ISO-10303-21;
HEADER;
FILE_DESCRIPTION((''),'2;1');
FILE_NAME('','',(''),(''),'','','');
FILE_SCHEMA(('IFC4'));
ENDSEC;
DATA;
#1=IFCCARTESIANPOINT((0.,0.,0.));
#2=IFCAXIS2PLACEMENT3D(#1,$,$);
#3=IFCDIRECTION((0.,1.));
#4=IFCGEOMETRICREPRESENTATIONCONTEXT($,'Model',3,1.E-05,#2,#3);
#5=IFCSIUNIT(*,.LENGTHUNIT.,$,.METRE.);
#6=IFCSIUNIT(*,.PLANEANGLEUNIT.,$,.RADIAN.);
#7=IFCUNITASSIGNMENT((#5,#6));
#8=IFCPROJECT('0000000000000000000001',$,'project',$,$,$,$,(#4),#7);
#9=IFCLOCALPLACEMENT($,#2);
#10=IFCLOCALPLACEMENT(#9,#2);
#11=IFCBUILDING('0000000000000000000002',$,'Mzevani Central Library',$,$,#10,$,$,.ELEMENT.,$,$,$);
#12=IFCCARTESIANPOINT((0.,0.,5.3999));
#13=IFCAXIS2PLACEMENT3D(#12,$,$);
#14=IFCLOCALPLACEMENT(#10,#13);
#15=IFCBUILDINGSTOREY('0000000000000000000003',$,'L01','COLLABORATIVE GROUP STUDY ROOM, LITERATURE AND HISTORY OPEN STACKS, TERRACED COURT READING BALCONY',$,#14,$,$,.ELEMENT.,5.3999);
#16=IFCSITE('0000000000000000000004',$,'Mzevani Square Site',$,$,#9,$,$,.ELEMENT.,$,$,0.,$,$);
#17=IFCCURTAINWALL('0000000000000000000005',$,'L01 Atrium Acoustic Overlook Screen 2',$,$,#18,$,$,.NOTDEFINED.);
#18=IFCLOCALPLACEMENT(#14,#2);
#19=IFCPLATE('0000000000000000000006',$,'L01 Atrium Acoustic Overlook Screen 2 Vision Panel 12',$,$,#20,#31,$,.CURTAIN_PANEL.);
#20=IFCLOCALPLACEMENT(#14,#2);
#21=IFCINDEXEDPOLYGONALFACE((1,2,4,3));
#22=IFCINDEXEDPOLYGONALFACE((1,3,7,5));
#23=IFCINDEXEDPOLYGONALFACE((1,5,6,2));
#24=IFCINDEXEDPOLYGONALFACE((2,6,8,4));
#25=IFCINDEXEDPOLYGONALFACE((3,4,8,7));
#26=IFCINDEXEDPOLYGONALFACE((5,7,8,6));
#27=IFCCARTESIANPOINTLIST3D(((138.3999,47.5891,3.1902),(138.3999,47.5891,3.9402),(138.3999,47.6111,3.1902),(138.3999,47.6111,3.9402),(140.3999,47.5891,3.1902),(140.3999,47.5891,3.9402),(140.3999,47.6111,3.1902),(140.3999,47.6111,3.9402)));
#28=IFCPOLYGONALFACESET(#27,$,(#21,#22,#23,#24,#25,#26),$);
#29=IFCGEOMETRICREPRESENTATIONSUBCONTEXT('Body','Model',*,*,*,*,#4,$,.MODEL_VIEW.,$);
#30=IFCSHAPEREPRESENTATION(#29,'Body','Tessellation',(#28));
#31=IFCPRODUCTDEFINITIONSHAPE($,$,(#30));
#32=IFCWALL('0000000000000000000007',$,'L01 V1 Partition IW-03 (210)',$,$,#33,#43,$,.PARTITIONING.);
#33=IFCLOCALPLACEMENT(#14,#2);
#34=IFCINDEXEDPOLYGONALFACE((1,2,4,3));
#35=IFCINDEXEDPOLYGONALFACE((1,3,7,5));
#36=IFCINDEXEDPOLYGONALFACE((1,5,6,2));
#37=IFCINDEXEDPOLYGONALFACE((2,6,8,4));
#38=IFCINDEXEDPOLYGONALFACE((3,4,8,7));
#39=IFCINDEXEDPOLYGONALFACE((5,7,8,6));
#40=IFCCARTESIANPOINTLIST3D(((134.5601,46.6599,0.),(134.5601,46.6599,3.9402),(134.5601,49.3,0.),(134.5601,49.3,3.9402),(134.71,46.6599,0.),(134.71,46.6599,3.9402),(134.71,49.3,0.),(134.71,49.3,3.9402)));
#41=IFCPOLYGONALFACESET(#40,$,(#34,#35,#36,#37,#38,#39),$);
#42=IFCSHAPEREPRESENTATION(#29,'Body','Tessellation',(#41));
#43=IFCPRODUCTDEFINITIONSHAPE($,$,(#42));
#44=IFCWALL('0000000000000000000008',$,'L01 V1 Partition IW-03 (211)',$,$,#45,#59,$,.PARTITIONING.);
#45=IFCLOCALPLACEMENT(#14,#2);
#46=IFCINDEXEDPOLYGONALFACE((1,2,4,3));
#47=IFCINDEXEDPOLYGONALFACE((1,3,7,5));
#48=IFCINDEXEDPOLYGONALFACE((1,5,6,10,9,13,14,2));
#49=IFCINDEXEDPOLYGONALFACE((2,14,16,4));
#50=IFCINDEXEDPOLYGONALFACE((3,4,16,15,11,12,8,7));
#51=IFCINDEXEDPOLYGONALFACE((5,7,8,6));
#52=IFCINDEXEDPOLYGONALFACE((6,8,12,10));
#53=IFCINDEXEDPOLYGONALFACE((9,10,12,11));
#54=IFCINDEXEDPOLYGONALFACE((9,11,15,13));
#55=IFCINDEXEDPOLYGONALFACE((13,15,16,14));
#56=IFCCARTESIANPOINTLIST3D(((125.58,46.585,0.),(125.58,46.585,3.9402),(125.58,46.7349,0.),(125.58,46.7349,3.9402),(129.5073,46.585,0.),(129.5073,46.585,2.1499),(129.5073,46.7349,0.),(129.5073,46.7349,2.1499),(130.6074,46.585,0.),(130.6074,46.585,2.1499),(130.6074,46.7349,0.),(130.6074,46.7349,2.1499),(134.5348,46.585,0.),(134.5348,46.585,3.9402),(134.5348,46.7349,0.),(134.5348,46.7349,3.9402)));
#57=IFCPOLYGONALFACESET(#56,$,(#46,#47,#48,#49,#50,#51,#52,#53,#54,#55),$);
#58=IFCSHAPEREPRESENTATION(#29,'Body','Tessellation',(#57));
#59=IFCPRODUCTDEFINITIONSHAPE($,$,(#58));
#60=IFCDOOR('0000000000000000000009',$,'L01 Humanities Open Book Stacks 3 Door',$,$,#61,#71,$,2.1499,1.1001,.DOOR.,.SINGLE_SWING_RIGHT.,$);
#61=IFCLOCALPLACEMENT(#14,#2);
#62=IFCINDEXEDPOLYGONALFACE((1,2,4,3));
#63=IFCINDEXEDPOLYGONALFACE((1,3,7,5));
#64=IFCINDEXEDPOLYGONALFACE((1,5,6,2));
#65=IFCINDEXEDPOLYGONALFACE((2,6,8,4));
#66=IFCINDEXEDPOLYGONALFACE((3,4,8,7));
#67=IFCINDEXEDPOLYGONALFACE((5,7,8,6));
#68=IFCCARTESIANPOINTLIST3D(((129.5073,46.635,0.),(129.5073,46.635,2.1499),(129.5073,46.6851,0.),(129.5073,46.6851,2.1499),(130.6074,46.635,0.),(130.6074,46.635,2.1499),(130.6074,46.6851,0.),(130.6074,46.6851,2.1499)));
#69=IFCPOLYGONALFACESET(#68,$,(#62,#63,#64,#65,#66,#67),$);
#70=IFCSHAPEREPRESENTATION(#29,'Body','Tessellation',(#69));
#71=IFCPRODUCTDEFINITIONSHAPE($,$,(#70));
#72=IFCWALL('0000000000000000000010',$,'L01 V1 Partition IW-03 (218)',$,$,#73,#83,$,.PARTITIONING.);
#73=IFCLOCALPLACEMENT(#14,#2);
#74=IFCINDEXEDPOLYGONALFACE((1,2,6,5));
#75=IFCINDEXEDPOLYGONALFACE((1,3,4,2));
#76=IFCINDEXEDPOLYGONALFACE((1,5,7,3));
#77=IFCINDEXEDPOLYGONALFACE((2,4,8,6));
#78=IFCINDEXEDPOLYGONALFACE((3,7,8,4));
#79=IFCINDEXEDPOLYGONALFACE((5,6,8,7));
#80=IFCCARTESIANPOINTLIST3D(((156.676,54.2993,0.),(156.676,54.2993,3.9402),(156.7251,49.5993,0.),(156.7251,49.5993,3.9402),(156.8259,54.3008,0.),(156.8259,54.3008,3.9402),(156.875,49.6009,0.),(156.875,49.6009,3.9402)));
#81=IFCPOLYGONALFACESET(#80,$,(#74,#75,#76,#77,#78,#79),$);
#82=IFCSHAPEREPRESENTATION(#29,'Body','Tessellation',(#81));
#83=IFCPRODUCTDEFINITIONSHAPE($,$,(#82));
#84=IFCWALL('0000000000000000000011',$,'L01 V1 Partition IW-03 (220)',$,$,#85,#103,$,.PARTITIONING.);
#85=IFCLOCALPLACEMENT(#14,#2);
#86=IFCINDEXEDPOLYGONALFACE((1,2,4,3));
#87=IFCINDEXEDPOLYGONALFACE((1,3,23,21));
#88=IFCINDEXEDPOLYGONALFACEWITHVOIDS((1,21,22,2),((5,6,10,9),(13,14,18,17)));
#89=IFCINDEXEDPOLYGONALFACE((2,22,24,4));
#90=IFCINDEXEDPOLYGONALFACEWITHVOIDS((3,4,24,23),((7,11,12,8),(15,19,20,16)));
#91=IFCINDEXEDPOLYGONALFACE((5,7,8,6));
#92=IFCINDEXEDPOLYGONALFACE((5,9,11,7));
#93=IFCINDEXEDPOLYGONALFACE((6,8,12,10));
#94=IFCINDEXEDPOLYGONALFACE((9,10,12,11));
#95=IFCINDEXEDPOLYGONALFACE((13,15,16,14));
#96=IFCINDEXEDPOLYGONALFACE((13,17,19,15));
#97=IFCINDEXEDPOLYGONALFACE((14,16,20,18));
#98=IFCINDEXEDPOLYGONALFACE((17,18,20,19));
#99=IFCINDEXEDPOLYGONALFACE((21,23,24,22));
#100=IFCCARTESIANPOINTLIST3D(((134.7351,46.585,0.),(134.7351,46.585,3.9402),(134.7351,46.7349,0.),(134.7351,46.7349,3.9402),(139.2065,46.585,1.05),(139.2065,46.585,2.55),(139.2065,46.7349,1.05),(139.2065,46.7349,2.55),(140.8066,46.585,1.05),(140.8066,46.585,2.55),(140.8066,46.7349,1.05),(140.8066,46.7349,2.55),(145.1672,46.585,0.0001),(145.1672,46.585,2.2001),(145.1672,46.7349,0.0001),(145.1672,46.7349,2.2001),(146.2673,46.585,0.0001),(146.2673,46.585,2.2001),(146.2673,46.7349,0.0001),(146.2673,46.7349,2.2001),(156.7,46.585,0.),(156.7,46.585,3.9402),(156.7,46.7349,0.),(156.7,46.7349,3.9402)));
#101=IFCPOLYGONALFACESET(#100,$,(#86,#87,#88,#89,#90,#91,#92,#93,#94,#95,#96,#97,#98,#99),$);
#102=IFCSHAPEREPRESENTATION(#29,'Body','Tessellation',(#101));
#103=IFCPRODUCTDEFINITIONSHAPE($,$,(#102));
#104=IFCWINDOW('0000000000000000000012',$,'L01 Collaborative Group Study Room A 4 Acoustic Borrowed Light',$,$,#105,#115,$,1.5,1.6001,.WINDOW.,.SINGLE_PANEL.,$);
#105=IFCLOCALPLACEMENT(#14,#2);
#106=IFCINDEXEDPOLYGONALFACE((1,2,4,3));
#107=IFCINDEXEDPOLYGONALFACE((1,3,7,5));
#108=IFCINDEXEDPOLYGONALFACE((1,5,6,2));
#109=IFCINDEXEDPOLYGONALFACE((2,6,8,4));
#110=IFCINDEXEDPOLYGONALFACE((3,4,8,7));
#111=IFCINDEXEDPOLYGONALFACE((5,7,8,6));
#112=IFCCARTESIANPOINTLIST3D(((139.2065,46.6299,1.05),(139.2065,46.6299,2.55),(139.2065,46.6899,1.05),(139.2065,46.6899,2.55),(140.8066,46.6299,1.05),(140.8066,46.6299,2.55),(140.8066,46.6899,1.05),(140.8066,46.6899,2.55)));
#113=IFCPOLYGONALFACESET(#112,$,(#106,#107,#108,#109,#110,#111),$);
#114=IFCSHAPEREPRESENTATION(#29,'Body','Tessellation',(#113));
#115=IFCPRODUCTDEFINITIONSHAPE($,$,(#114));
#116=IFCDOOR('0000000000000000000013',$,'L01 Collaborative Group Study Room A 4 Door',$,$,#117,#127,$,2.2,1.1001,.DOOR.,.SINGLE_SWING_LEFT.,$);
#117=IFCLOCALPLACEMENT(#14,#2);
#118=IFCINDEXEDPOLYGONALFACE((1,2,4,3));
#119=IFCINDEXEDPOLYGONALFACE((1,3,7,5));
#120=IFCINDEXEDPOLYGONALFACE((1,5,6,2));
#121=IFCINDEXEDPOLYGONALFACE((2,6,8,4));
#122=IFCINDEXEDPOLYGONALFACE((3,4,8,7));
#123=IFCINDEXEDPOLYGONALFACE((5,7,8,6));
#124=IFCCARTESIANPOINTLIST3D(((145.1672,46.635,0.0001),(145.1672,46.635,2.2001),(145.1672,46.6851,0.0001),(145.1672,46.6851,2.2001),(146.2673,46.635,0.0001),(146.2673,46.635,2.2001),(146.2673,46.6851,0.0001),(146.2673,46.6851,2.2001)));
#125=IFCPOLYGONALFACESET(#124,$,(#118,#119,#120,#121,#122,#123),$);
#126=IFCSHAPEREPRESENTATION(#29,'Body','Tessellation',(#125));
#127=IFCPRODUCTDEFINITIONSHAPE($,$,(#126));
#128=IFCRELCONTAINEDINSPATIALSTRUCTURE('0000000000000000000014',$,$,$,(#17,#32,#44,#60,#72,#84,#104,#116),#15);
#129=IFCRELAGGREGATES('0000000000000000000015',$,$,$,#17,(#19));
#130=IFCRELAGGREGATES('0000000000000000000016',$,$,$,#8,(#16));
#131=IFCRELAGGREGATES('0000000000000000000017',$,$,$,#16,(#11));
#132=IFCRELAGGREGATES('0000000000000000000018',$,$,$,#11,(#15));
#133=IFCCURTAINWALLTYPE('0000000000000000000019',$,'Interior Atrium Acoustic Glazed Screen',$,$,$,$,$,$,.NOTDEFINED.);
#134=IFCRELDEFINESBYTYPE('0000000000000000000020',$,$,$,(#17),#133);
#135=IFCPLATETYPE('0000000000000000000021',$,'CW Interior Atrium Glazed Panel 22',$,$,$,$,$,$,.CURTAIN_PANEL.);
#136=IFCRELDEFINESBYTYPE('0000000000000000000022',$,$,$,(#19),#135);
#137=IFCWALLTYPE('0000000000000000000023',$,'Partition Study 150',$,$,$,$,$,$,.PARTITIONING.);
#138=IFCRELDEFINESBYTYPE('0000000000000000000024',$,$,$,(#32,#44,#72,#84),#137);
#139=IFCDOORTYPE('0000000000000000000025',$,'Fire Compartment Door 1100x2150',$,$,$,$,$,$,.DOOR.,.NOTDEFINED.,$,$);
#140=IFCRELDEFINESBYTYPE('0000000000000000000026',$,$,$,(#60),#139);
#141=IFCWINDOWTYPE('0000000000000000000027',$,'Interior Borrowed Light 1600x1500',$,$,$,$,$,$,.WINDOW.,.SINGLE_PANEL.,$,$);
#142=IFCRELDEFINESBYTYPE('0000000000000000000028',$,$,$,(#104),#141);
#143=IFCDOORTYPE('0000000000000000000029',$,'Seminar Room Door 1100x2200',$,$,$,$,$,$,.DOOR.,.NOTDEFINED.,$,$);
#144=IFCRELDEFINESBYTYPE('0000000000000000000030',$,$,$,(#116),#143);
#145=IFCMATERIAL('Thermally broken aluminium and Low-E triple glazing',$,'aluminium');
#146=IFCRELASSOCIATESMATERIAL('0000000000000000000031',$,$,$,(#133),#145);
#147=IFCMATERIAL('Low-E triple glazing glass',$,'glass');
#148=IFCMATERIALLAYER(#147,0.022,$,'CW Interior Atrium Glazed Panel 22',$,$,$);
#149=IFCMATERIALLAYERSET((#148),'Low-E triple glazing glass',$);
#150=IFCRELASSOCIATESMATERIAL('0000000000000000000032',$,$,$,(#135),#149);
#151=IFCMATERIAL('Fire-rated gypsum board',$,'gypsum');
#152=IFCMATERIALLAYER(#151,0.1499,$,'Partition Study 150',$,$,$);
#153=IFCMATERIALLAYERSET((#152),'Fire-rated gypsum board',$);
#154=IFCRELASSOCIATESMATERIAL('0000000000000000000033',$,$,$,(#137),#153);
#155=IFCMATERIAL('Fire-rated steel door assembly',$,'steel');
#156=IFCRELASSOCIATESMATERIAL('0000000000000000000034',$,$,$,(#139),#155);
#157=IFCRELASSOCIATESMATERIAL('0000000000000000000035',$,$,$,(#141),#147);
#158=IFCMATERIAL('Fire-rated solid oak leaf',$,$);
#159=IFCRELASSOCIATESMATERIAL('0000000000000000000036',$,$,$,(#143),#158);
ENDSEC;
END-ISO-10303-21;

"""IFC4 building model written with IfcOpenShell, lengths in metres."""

from ifc_helpers import new_model, si_unit, direction, frame, frame_2d, origin, origin_2d, place, context, subcontext, project, spatial, rectangle, extrude, material, layer, layer_set, type_object, element, fill, aggregate, save


model = new_model("IFC4")

# Units and contexts
model_context = context("Model", 3, precision=1e-05, world=origin(), true_north=direction((0.0, 1.0)))
body_context = subcontext(model_context, "Body", "Model", "MODEL_VIEW")
ifc_project = project(units=[si_unit("LENGTHUNIT", "METRE"), si_unit("PLANEANGLEUNIT", "RADIAN")], contexts=[model_context])

# Site, building, storey
site_placement = place(None, origin())
site = spatial("IfcSite", under=ifc_project, at=site_placement, Name="Mzevani Square Site", CompositionType="ELEMENT", RefElevation=0.0)
building_placement = place(site_placement, origin())
building = spatial("IfcBuilding", under=site, at=building_placement, Name="Mzevani Central Library", CompositionType="ELEMENT")
storey_placement = place(building_placement, frame((0.0, 0.0, 5.3999)))
storey = spatial("IfcBuildingStorey", under=building, at=storey_placement, Name="L01", Description="COLLABORATIVE GROUP STUDY ROOM, LITERATURE AND HISTORY OPEN STACKS, TERRACED COURT READING BALCONY", CompositionType="ELEMENT", Elevation=5.3999)

# Curtain wall
ifc_material_1 = material(Name="Thermally broken aluminium and Low-E triple glazing", Category="aluminium")
curtain_wall_type = type_object("IfcCurtainWallType", Name="Interior Atrium Acoustic Glazed Screen", PredefinedType="NOTDEFINED", material=ifc_material_1)
curtain_wall_placement = place(storey_placement, origin())
curtain_wall = element("IfcCurtainWall", 1, at=curtain_wall_placement, inside=storey, type_object=curtain_wall_type, Name="L01 Atrium Acoustic Overlook Screen 2", PredefinedType="NOTDEFINED")

# Plate
ifc_material_2 = material(Name="Low-E triple glazing glass", Category="glass")
ifc_layer_1 = layer(ifc_material_2, 0.022, Name="CW Interior Atrium Glazed Panel 22")
ifc_layer_set_1 = layer_set([ifc_layer_1], Name="Low-E triple glazing glass")
plate_type = type_object("IfcPlateType", Name="CW Interior Atrium Glazed Panel 22", PredefinedType="CURTAIN_PANEL", material=ifc_layer_set_1)
plate_1_placement = place(storey_placement, frame((139.3999, 47.6001, 3.1902), z_axis=(0.0, 0.0, 1.0), x_axis=(1.0, 0.0, 0.0)))
plate_1 = element("IfcPlate", 2, at=plate_1_placement, type_object=plate_type, Name="L01 Atrium Acoustic Overlook Screen 2 Vision Panel 12", PredefinedType="CURTAIN_PANEL", context=body_context, shape_type="SweptSolid", body=[
    extrude(rectangle(XDim=2.0, YDim=0.022, at=origin_2d()), origin(), (0.0, 0.0, 1.0), 0.75),
])
aggregate(curtain_wall, [plate_1])

# Wall
ifc_material_3 = material(Name="Fire-rated gypsum board", Category="gypsum")
ifc_layer_2 = layer(ifc_material_3, 0.1499, Name="Partition Study 150")
ifc_layer_set_2 = layer_set([ifc_layer_2], Name="Fire-rated gypsum board")
wall_type = type_object("IfcWallType", Name="Partition Study 150", PredefinedType="PARTITIONING", material=ifc_layer_set_2)
wall_1_placement = place(storey_placement, frame((134.635, 49.3, 0.0), z_axis=(0.0, 0.0, 1.0), x_axis=(0.0, -1.0, 0.0)))
element("IfcWall", 3, at=wall_1_placement, inside=storey, type_object=wall_type, Name="L01 V1 Partition IW-03 (210)", PredefinedType="PARTITIONING", context=body_context, shape_type="SweptSolid", body=[
    extrude(rectangle(XDim=2.6401, YDim=0.1499, at=frame_2d((1.3201, 0.0))), origin(), (0.0, 0.0, 1.0), 3.9402),
])

# Wall, opening, door
wall_2_placement = place(storey_placement, frame((134.5349, 46.6599, 0.0), z_axis=(0.0, 0.0, 1.0), x_axis=(-1.0, 0.0, 0.0)))
wall_2 = element("IfcWall", 4, at=wall_2_placement, inside=storey, type_object=wall_type, Name="L01 V1 Partition IW-03 (211)", PredefinedType="PARTITIONING", context=body_context, shape_type="SweptSolid", body=[
    extrude(rectangle(XDim=8.9548, YDim=0.1499, at=frame_2d((4.4775, 0.0))), origin(), (0.0, 0.0, 1.0), 3.9402),
])
opening_1_placement = place(wall_2_placement, frame((3.9275, 0.0, 0.0)))
opening_1 = element("IfcOpeningElement", 5, at=opening_1_placement, cuts=wall_2, PredefinedType="OPENING", context=body_context, shape_type="SweptSolid", body=[
    extrude(rectangle(XDim=1.1001, YDim=2.1499, at=frame_2d((0.55, 1.075))), frame((0.0, 0.085, 0.0), z_axis=(0.0, -1.0, 0.0), x_axis=(1.0, 0.0, 0.0)), (0.0, 0.0, 1.0), 0.1699),
])
ifc_material_4 = material(Name="Fire-rated steel door assembly", Category="steel")
door_type_1 = type_object("IfcDoorType", Name="Fire Compartment Door 1100x2150", OperationType="NOTDEFINED", PredefinedType="DOOR", material=ifc_material_4)
door_1_placement = place(opening_1_placement, origin())
door_1 = element("IfcDoor", 6, at=door_1_placement, inside=storey, type_object=door_type_1, Name="L01 Humanities Open Book Stacks 3 Door", OperationType="SINGLE_SWING_RIGHT", OverallHeight=2.1499, OverallWidth=1.1001, PredefinedType="DOOR", context=body_context, shape_type="SweptSolid", body=[
    extrude(rectangle(XDim=1.1001, YDim=2.1499, at=frame_2d((0.55, 1.075))), frame((0.0, 0.0249, 0.0), z_axis=(0.0, -1.0, 0.0), x_axis=(1.0, 0.0, 0.0)), (0.0, 0.0, 1.0), 0.05),
])
fill(opening_1, door_1)

# Wall
wall_3_placement = place(storey_placement, frame((156.751, 54.3, 0.0), z_axis=(0.0, 0.0, 1.0), x_axis=(0.01044, -0.999945, 0.0)))
element("IfcWall", 7, at=wall_3_placement, inside=storey, type_object=wall_type, Name="L01 V1 Partition IW-03 (218)", PredefinedType="PARTITIONING", context=body_context, shape_type="SweptSolid", body=[
    extrude(rectangle(XDim=4.7002, YDim=0.1499, at=frame_2d((2.3501, 0.0))), origin(), (0.0, 0.0, 1.0), 3.9402),
])

# Wall, openings, window, door
wall_4_placement = place(storey_placement, frame((156.7, 46.6599, 0.0), z_axis=(0.0, 0.0, 1.0), x_axis=(-1.0, 0.0, 0.0)))
wall_4 = element("IfcWall", 8, at=wall_4_placement, inside=storey, type_object=wall_type, Name="L01 V1 Partition IW-03 (220)", PredefinedType="PARTITIONING", context=body_context, shape_type="SweptSolid", body=[
    extrude(rectangle(XDim=21.9648, YDim=0.1499, at=frame_2d((10.9824, 0.0))), origin(), (0.0, 0.0, 1.0), 3.9402),
])
opening_2_placement = place(wall_4_placement, frame((10.4326, 0.0, 0.0)))
opening_2 = element("IfcOpeningElement", 9, at=opening_2_placement, cuts=wall_4, PredefinedType="OPENING", context=body_context, shape_type="SweptSolid", body=[
    extrude(rectangle(XDim=1.1001, YDim=2.2, at=frame_2d((0.55, 1.1001))), frame((0.0, 0.085, 0.0), z_axis=(0.0, -1.0, 0.0), x_axis=(1.0, 0.0, 0.0)), (0.0, 0.0, 1.0), 0.1699),
])
opening_3_placement = place(wall_4_placement, frame((15.8933, 0.0, 1.05)))
opening_3 = element("IfcOpeningElement", 10, at=opening_3_placement, cuts=wall_4, PredefinedType="OPENING", context=body_context, shape_type="SweptSolid", body=[
    extrude(rectangle(XDim=1.6001, YDim=1.5, at=frame_2d((0.8, 0.75))), frame((0.0, 0.085, 0.0), z_axis=(0.0, -1.0, 0.0), x_axis=(1.0, 0.0, 0.0)), (0.0, 0.0, 1.0), 0.1699),
])
window_type = type_object("IfcWindowType", Name="Interior Borrowed Light 1600x1500", PartitioningType="SINGLE_PANEL", PredefinedType="WINDOW", material=ifc_material_2)
window_placement = place(opening_3_placement, origin())
window = element("IfcWindow", 11, at=window_placement, inside=storey, type_object=window_type, Name="L01 Collaborative Group Study Room A 4 Acoustic Borrowed Light", OverallHeight=1.5, OverallWidth=1.6001, PartitioningType="SINGLE_PANEL", PredefinedType="WINDOW", context=body_context, shape_type="SweptSolid", body=[
    extrude(rectangle(XDim=1.6001, YDim=1.5, at=frame_2d((0.8, 0.75))), frame((0.0, 0.03, 0.0), z_axis=(0.0, -1.0, 0.0), x_axis=(1.0, 0.0, 0.0)), (0.0, 0.0, 1.0), 0.0601),
])
fill(opening_3, window)
ifc_material_5 = material(Name="Fire-rated solid oak leaf")
door_type_2 = type_object("IfcDoorType", Name="Seminar Room Door 1100x2200", OperationType="NOTDEFINED", PredefinedType="DOOR", material=ifc_material_5)
door_2_placement = place(opening_2_placement, origin())
door_2 = element("IfcDoor", 12, at=door_2_placement, inside=storey, type_object=door_type_2, Name="L01 Collaborative Group Study Room A 4 Door", OperationType="SINGLE_SWING_LEFT", OverallHeight=2.2, OverallWidth=1.1001, PredefinedType="DOOR", context=body_context, shape_type="SweptSolid", body=[
    extrude(rectangle(XDim=1.1001, YDim=2.2, at=frame_2d((0.55, 1.1001))), frame((0.0, 0.0249, 0.0), z_axis=(0.0, -1.0, 0.0), x_axis=(1.0, 0.0, 0.0)), (0.0, 0.0, 1.0), 0.05),
])
fill(opening_2, door_2)

save(model, "model.ifc")
